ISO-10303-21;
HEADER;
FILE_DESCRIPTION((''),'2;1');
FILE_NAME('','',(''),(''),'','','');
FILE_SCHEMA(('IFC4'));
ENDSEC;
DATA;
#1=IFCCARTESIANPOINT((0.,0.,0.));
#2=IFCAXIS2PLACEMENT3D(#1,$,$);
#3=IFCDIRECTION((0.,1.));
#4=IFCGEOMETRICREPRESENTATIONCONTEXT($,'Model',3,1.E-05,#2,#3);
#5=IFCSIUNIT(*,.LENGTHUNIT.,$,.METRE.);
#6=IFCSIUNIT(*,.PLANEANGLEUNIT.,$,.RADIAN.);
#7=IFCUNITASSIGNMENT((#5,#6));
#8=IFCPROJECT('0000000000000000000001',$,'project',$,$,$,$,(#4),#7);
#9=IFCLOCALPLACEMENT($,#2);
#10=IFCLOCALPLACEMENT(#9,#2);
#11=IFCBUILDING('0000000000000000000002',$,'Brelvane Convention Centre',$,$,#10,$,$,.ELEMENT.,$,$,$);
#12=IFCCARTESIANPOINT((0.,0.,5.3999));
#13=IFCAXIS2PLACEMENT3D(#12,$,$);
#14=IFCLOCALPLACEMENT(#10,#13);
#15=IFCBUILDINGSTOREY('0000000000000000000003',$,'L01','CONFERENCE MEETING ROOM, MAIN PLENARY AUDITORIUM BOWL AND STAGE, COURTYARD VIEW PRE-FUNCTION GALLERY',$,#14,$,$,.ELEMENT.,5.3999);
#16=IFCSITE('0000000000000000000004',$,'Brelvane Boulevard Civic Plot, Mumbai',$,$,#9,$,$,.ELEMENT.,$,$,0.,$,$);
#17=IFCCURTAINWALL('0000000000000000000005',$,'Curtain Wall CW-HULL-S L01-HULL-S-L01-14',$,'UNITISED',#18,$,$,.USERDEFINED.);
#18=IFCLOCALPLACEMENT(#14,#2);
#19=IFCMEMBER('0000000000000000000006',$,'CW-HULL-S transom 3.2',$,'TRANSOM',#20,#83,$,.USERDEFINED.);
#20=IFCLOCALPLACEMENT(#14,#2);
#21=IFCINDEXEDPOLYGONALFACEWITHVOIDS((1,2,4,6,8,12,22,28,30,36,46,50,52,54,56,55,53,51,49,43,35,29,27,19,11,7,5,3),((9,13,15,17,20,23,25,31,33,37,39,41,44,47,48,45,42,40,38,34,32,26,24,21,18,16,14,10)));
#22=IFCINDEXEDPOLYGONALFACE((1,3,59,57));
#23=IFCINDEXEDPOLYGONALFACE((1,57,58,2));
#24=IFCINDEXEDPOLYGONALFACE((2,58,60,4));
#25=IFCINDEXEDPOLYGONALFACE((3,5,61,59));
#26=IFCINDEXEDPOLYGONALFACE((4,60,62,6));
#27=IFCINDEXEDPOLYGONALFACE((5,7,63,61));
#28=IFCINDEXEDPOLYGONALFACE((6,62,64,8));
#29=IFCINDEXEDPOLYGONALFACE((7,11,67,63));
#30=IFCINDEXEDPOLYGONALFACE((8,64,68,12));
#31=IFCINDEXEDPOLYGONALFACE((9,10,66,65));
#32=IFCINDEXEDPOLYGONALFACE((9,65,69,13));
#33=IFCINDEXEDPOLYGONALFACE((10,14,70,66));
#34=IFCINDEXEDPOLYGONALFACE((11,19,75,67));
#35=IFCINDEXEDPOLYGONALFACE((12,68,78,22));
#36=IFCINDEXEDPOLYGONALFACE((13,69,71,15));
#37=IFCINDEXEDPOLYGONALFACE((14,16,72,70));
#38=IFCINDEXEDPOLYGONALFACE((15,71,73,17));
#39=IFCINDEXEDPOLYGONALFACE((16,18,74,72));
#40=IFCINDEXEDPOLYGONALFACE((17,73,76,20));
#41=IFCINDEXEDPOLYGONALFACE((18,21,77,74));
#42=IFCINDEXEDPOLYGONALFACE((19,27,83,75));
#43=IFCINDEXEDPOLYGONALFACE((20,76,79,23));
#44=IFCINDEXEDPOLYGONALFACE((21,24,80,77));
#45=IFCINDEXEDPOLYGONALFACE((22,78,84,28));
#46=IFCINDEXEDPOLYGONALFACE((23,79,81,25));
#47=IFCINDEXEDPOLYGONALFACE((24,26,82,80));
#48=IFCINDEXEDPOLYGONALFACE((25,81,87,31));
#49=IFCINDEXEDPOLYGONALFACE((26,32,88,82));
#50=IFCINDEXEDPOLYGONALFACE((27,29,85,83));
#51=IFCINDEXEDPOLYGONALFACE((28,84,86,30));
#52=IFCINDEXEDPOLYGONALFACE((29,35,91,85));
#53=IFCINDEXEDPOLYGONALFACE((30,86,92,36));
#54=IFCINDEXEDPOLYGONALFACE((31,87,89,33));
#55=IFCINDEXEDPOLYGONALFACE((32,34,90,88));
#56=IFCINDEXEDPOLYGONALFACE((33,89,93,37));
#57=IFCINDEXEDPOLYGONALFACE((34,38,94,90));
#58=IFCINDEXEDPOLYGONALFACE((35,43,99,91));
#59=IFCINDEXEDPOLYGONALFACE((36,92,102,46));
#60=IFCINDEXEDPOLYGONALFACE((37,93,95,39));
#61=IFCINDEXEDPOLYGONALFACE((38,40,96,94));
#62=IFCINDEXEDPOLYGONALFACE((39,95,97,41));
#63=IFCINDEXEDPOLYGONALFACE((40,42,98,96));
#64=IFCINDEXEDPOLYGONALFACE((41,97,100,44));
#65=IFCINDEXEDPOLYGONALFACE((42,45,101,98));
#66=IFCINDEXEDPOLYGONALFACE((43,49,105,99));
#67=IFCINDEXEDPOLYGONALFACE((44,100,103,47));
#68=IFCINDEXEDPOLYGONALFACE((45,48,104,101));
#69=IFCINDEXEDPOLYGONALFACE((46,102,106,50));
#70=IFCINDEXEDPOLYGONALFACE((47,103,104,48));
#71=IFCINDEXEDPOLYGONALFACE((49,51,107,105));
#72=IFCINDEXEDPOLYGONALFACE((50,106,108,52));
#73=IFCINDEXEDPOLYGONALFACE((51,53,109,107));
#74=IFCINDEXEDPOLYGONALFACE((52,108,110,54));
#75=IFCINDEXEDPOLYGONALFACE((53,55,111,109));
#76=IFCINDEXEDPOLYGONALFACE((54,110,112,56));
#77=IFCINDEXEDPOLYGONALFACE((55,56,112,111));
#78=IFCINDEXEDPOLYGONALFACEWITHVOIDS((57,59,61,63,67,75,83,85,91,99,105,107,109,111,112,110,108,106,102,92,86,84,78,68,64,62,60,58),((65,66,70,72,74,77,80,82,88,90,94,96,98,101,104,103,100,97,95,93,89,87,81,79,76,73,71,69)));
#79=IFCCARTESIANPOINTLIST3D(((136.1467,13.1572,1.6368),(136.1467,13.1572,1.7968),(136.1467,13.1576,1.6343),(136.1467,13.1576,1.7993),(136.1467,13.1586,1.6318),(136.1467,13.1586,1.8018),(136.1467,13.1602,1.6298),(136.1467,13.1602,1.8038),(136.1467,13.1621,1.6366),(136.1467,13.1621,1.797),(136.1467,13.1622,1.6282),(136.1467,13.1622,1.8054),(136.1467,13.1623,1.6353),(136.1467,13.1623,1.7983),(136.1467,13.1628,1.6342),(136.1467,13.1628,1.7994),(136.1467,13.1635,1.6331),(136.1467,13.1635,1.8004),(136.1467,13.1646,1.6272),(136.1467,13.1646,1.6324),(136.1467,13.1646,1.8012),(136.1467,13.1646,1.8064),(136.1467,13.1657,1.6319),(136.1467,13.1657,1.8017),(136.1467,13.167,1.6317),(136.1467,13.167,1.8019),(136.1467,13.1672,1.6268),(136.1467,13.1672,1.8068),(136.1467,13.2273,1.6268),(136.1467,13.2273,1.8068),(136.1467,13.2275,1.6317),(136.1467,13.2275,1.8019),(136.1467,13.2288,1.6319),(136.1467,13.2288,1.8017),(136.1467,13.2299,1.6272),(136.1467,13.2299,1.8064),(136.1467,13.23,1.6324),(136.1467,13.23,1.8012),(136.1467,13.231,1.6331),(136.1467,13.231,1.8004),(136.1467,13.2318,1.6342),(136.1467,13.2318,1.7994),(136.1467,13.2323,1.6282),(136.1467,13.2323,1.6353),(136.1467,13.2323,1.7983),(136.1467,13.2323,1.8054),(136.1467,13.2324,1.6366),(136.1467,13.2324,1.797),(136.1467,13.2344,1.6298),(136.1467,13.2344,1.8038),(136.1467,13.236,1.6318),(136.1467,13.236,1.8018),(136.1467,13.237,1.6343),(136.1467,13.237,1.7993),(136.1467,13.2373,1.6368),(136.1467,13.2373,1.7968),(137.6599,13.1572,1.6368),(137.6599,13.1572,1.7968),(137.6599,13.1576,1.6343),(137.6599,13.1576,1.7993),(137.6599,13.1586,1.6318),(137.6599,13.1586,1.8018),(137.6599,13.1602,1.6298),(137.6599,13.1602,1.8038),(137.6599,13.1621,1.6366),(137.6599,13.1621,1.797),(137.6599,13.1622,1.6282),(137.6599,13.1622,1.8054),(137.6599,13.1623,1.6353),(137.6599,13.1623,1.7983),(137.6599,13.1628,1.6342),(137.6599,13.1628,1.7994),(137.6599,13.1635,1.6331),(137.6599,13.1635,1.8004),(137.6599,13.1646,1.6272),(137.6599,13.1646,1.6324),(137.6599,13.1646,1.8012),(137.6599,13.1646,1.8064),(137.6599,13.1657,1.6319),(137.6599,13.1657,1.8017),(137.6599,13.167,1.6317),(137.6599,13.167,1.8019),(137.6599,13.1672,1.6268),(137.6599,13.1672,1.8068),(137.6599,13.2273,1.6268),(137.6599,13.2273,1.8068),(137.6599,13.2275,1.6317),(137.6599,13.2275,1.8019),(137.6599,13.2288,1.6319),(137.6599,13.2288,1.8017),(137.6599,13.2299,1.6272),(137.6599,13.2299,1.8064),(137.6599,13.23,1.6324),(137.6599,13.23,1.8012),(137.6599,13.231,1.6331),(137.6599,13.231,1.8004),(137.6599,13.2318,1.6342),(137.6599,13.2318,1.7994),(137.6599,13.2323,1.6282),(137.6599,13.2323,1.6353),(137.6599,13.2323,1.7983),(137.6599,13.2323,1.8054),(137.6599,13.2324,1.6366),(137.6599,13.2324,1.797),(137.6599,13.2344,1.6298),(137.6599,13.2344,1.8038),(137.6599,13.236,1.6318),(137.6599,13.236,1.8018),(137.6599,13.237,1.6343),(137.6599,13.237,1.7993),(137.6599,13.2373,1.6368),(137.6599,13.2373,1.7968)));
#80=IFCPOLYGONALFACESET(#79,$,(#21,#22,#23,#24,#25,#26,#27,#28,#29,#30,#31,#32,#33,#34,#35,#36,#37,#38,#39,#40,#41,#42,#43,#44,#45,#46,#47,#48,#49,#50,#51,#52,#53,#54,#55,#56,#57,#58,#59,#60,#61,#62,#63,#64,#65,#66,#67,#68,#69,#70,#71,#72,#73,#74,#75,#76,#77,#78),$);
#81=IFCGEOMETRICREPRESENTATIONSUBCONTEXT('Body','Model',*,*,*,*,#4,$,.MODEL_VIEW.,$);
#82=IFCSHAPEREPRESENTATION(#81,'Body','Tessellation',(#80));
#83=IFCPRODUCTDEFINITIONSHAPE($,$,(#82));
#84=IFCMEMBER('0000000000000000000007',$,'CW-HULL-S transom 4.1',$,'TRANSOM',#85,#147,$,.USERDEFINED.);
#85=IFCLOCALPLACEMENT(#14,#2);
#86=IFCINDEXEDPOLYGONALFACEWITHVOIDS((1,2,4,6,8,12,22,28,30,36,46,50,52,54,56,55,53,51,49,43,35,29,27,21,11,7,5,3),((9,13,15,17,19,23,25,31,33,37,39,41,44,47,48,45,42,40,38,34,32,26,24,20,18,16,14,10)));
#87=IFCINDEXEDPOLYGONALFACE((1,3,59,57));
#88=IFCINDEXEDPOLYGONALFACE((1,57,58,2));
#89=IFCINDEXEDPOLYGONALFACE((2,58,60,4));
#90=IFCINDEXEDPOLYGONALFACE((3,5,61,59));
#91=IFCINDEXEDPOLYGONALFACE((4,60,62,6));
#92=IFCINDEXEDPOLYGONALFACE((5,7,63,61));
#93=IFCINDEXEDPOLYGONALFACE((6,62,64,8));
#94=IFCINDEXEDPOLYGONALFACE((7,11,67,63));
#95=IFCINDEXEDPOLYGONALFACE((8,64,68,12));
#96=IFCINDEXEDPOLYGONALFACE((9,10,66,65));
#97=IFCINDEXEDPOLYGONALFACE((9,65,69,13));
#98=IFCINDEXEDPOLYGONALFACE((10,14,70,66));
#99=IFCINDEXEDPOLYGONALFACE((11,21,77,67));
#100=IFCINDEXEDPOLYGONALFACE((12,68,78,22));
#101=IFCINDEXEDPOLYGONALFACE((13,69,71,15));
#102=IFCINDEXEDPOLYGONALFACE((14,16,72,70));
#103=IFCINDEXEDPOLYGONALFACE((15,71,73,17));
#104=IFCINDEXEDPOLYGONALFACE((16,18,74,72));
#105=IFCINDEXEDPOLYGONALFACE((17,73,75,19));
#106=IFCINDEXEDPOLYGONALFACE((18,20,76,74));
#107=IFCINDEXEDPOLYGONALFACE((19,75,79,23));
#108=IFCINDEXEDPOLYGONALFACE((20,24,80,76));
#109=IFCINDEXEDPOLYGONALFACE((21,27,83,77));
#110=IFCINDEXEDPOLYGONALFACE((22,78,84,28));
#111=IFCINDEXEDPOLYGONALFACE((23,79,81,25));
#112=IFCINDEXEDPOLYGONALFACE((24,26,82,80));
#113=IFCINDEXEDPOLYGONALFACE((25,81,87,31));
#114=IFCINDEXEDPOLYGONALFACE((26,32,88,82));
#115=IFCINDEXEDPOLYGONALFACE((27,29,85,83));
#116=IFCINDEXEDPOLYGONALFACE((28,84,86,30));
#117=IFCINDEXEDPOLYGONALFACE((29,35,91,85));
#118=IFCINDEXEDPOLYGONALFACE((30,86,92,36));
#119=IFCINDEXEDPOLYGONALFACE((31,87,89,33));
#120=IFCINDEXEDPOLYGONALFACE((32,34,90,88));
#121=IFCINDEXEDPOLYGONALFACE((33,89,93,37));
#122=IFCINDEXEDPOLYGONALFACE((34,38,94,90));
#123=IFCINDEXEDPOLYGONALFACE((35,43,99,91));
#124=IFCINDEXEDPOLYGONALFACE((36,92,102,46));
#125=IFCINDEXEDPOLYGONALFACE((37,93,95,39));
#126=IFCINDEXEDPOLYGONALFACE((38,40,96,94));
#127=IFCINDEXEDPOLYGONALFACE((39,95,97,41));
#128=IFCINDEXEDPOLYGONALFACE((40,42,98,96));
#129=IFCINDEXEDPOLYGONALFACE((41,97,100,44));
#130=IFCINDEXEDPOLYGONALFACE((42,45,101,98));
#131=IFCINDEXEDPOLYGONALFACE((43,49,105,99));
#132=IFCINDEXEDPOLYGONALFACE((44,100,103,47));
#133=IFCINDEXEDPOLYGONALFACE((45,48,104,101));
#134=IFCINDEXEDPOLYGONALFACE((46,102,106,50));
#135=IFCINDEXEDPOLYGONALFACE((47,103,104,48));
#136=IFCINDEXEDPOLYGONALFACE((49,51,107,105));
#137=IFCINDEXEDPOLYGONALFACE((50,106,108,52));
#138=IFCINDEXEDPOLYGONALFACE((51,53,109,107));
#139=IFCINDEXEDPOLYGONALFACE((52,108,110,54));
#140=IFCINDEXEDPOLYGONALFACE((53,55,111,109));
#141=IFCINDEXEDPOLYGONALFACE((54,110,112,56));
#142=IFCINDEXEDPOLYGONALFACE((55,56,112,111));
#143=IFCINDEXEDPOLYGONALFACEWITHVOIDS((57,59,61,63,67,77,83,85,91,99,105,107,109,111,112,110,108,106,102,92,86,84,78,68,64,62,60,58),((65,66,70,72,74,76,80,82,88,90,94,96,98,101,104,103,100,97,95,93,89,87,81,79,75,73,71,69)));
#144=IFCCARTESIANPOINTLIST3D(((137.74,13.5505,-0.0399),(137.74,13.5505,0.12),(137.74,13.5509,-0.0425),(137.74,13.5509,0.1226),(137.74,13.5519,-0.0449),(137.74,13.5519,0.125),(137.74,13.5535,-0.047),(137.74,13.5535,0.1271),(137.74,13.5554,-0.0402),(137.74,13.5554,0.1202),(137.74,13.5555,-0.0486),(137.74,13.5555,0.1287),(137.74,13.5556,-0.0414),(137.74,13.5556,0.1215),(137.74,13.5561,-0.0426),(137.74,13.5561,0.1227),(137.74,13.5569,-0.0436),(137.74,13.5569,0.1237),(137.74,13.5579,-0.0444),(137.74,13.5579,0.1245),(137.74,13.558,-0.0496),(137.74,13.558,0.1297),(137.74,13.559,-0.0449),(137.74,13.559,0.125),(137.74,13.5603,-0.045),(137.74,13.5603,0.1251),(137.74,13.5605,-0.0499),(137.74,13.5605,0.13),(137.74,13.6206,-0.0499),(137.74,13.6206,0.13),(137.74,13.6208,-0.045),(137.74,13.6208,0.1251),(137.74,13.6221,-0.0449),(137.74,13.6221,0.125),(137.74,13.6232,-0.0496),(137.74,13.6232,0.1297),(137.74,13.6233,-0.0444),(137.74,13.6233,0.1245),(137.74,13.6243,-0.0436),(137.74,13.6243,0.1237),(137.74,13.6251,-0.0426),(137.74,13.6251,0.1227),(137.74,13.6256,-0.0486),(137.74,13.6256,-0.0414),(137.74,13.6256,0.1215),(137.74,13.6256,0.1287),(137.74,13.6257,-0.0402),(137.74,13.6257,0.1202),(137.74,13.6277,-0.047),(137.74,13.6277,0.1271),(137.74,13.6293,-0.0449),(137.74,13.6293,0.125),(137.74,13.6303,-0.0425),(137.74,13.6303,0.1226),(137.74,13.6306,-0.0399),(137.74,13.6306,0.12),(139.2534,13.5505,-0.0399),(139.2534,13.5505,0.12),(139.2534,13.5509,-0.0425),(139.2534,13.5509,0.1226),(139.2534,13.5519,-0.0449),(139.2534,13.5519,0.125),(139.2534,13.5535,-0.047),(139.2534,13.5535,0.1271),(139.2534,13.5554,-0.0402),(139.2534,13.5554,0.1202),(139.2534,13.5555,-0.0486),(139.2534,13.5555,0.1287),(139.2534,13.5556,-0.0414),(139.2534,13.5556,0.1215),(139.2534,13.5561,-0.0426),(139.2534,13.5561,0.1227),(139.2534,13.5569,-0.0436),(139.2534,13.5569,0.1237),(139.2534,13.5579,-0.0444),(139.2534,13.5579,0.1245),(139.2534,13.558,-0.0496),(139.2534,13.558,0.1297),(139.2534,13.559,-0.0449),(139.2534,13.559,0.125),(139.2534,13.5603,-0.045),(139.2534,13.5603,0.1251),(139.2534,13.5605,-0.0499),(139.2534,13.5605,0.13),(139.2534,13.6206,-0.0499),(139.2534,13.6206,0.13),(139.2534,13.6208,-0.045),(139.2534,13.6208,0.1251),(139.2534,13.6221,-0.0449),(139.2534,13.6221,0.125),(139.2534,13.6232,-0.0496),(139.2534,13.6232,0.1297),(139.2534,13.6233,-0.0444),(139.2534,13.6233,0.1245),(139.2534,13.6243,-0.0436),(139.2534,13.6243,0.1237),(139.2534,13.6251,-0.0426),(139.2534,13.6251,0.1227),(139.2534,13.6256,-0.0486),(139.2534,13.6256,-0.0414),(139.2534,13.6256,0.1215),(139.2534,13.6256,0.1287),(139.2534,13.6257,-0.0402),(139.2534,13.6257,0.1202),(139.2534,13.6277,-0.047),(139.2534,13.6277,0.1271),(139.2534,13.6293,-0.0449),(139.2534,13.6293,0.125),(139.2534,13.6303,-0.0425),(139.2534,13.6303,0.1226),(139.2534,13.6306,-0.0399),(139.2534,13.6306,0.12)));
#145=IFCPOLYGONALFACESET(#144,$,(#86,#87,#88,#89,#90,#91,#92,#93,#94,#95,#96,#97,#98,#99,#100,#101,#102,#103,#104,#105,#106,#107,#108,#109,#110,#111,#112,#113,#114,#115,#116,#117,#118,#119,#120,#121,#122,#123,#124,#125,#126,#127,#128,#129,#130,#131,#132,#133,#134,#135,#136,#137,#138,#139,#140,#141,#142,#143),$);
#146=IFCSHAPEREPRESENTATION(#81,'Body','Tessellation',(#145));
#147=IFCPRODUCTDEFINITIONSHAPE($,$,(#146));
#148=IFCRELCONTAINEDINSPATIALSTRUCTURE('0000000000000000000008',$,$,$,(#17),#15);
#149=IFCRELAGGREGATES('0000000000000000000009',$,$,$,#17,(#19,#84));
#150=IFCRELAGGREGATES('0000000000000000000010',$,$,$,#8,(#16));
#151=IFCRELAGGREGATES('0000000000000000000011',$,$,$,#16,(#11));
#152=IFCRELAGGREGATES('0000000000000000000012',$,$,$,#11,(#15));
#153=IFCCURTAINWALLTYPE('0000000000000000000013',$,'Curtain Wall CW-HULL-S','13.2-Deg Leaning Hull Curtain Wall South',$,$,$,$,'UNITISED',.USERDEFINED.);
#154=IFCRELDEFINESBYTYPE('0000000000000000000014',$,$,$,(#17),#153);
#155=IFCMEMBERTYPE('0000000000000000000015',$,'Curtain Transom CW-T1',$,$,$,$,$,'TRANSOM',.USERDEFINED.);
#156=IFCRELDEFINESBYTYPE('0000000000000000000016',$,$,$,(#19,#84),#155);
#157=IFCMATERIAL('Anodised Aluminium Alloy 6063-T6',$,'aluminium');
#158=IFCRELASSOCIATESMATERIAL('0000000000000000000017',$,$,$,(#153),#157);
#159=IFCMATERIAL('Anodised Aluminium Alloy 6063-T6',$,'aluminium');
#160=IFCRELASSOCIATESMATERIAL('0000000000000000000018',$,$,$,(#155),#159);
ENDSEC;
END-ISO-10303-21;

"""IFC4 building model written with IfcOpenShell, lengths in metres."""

from ifc_helpers import new_model, si_unit, direction, frame, origin, origin_2d, place, context, subcontext, project, spatial, hollow_rectangle, extrude, material, material_profile, profile_set, type_object, element, aggregate, save


model = new_model("IFC4")

# Units and contexts
model_context = context("Model", 3, precision=1e-05, world=origin(), true_north=direction((0.0, 1.0)))
body_context = subcontext(model_context, "Body", "Model", "MODEL_VIEW")
ifc_project = project(units=[si_unit("LENGTHUNIT", "METRE"), si_unit("PLANEANGLEUNIT", "RADIAN")], contexts=[model_context])

# Site, building, storey
site_placement = place(None, origin())
site = spatial("IfcSite", under=ifc_project, at=site_placement, Name="Brelvane Boulevard Civic Plot, Mumbai", CompositionType="ELEMENT", RefElevation=0.0)
building_placement = place(site_placement, origin())
building = spatial("IfcBuilding", under=site, at=building_placement, Name="Brelvane Convention Centre", CompositionType="ELEMENT")
storey_placement = place(building_placement, frame((0.0, 0.0, 5.3999)))
storey = spatial("IfcBuildingStorey", under=building, at=storey_placement, Name="L01", Description="CONFERENCE MEETING ROOM, MAIN PLENARY AUDITORIUM BOWL AND STAGE, COURTYARD VIEW PRE-FUNCTION GALLERY", CompositionType="ELEMENT", Elevation=5.3999)

# Curtain wall, members
ifc_material_1 = material(Name="Anodised Aluminium Alloy 6063-T6", Category="aluminium")
curtain_wall_type = type_object("IfcCurtainWallType", Name="Curtain Wall CW-HULL-S", Description="13.2-Deg Leaning Hull Curtain Wall South", ElementType="UNITISED", PredefinedType="USERDEFINED", material=ifc_material_1)
curtain_wall_1_placement = place(storey_placement, origin())
curtain_wall_1 = element("IfcCurtainWall", 1, at=curtain_wall_1_placement, inside=storey, type_object=curtain_wall_type, Name="Curtain Wall CW-HULL-S L01-HULL-S-L01-14", ObjectType="UNITISED", PredefinedType="USERDEFINED")
ifc_material_2 = material(Name="Anodised Aluminium Alloy 6063-T6", Category="aluminium")
ifc_material_profile_1 = material_profile(ifc_material_2, hollow_rectangle(XDim=0.0801, YDim=0.1799, WallThickness=0.0049, InnerFilletRadius=0.0049, OuterFilletRadius=0.01, at=origin_2d()), Name="ALU-T 180x80x5.0")
ifc_profile_set_1 = profile_set([ifc_material_profile_1], Name="Anodised Aluminium Alloy 6063-T6")
member_type_1 = type_object("IfcMemberType", Name="Curtain Transom CW-T1", ElementType="TRANSOM", PredefinedType="USERDEFINED", material=ifc_profile_set_1)
member_1_placement = place(storey_placement, frame((136.1467, 13.1973, 1.7168), z_axis=(1.0, 0.0, 0.0), x_axis=(0.0, 1.0, 0.0)))
member_1 = element("IfcMember", 2, at=member_1_placement, type_object=member_type_1, Name="CW-HULL-S transom 3.2", ObjectType="TRANSOM", PredefinedType="USERDEFINED", context=body_context, shape_type="SweptSolid", body=[
    extrude(hollow_rectangle(XDim=0.0801, YDim=0.1799, WallThickness=0.0049, InnerFilletRadius=0.0049, OuterFilletRadius=0.01, at=origin_2d()), origin(), (0.0, 0.0, 1.0), 1.5132),
])
member_2_placement = place(storey_placement, frame((137.74, 13.5906, 0.04), z_axis=(1.0, 0.0, 0.0), x_axis=(0.0, 1.0, 0.0)))
member_2 = element("IfcMember", 3, at=member_2_placement, type_object=member_type_1, Name="CW-HULL-S transom 4.1", ObjectType="TRANSOM", PredefinedType="USERDEFINED", context=body_context, shape_type="SweptSolid", body=[
    extrude(hollow_rectangle(XDim=0.0801, YDim=0.1799, WallThickness=0.0049, InnerFilletRadius=0.0049, OuterFilletRadius=0.01, at=origin_2d()), origin(), (0.0, 0.0, 1.0), 1.5134),
])

aggregate(curtain_wall_1, [member_1, member_2])

save(model, "model.ifc")
